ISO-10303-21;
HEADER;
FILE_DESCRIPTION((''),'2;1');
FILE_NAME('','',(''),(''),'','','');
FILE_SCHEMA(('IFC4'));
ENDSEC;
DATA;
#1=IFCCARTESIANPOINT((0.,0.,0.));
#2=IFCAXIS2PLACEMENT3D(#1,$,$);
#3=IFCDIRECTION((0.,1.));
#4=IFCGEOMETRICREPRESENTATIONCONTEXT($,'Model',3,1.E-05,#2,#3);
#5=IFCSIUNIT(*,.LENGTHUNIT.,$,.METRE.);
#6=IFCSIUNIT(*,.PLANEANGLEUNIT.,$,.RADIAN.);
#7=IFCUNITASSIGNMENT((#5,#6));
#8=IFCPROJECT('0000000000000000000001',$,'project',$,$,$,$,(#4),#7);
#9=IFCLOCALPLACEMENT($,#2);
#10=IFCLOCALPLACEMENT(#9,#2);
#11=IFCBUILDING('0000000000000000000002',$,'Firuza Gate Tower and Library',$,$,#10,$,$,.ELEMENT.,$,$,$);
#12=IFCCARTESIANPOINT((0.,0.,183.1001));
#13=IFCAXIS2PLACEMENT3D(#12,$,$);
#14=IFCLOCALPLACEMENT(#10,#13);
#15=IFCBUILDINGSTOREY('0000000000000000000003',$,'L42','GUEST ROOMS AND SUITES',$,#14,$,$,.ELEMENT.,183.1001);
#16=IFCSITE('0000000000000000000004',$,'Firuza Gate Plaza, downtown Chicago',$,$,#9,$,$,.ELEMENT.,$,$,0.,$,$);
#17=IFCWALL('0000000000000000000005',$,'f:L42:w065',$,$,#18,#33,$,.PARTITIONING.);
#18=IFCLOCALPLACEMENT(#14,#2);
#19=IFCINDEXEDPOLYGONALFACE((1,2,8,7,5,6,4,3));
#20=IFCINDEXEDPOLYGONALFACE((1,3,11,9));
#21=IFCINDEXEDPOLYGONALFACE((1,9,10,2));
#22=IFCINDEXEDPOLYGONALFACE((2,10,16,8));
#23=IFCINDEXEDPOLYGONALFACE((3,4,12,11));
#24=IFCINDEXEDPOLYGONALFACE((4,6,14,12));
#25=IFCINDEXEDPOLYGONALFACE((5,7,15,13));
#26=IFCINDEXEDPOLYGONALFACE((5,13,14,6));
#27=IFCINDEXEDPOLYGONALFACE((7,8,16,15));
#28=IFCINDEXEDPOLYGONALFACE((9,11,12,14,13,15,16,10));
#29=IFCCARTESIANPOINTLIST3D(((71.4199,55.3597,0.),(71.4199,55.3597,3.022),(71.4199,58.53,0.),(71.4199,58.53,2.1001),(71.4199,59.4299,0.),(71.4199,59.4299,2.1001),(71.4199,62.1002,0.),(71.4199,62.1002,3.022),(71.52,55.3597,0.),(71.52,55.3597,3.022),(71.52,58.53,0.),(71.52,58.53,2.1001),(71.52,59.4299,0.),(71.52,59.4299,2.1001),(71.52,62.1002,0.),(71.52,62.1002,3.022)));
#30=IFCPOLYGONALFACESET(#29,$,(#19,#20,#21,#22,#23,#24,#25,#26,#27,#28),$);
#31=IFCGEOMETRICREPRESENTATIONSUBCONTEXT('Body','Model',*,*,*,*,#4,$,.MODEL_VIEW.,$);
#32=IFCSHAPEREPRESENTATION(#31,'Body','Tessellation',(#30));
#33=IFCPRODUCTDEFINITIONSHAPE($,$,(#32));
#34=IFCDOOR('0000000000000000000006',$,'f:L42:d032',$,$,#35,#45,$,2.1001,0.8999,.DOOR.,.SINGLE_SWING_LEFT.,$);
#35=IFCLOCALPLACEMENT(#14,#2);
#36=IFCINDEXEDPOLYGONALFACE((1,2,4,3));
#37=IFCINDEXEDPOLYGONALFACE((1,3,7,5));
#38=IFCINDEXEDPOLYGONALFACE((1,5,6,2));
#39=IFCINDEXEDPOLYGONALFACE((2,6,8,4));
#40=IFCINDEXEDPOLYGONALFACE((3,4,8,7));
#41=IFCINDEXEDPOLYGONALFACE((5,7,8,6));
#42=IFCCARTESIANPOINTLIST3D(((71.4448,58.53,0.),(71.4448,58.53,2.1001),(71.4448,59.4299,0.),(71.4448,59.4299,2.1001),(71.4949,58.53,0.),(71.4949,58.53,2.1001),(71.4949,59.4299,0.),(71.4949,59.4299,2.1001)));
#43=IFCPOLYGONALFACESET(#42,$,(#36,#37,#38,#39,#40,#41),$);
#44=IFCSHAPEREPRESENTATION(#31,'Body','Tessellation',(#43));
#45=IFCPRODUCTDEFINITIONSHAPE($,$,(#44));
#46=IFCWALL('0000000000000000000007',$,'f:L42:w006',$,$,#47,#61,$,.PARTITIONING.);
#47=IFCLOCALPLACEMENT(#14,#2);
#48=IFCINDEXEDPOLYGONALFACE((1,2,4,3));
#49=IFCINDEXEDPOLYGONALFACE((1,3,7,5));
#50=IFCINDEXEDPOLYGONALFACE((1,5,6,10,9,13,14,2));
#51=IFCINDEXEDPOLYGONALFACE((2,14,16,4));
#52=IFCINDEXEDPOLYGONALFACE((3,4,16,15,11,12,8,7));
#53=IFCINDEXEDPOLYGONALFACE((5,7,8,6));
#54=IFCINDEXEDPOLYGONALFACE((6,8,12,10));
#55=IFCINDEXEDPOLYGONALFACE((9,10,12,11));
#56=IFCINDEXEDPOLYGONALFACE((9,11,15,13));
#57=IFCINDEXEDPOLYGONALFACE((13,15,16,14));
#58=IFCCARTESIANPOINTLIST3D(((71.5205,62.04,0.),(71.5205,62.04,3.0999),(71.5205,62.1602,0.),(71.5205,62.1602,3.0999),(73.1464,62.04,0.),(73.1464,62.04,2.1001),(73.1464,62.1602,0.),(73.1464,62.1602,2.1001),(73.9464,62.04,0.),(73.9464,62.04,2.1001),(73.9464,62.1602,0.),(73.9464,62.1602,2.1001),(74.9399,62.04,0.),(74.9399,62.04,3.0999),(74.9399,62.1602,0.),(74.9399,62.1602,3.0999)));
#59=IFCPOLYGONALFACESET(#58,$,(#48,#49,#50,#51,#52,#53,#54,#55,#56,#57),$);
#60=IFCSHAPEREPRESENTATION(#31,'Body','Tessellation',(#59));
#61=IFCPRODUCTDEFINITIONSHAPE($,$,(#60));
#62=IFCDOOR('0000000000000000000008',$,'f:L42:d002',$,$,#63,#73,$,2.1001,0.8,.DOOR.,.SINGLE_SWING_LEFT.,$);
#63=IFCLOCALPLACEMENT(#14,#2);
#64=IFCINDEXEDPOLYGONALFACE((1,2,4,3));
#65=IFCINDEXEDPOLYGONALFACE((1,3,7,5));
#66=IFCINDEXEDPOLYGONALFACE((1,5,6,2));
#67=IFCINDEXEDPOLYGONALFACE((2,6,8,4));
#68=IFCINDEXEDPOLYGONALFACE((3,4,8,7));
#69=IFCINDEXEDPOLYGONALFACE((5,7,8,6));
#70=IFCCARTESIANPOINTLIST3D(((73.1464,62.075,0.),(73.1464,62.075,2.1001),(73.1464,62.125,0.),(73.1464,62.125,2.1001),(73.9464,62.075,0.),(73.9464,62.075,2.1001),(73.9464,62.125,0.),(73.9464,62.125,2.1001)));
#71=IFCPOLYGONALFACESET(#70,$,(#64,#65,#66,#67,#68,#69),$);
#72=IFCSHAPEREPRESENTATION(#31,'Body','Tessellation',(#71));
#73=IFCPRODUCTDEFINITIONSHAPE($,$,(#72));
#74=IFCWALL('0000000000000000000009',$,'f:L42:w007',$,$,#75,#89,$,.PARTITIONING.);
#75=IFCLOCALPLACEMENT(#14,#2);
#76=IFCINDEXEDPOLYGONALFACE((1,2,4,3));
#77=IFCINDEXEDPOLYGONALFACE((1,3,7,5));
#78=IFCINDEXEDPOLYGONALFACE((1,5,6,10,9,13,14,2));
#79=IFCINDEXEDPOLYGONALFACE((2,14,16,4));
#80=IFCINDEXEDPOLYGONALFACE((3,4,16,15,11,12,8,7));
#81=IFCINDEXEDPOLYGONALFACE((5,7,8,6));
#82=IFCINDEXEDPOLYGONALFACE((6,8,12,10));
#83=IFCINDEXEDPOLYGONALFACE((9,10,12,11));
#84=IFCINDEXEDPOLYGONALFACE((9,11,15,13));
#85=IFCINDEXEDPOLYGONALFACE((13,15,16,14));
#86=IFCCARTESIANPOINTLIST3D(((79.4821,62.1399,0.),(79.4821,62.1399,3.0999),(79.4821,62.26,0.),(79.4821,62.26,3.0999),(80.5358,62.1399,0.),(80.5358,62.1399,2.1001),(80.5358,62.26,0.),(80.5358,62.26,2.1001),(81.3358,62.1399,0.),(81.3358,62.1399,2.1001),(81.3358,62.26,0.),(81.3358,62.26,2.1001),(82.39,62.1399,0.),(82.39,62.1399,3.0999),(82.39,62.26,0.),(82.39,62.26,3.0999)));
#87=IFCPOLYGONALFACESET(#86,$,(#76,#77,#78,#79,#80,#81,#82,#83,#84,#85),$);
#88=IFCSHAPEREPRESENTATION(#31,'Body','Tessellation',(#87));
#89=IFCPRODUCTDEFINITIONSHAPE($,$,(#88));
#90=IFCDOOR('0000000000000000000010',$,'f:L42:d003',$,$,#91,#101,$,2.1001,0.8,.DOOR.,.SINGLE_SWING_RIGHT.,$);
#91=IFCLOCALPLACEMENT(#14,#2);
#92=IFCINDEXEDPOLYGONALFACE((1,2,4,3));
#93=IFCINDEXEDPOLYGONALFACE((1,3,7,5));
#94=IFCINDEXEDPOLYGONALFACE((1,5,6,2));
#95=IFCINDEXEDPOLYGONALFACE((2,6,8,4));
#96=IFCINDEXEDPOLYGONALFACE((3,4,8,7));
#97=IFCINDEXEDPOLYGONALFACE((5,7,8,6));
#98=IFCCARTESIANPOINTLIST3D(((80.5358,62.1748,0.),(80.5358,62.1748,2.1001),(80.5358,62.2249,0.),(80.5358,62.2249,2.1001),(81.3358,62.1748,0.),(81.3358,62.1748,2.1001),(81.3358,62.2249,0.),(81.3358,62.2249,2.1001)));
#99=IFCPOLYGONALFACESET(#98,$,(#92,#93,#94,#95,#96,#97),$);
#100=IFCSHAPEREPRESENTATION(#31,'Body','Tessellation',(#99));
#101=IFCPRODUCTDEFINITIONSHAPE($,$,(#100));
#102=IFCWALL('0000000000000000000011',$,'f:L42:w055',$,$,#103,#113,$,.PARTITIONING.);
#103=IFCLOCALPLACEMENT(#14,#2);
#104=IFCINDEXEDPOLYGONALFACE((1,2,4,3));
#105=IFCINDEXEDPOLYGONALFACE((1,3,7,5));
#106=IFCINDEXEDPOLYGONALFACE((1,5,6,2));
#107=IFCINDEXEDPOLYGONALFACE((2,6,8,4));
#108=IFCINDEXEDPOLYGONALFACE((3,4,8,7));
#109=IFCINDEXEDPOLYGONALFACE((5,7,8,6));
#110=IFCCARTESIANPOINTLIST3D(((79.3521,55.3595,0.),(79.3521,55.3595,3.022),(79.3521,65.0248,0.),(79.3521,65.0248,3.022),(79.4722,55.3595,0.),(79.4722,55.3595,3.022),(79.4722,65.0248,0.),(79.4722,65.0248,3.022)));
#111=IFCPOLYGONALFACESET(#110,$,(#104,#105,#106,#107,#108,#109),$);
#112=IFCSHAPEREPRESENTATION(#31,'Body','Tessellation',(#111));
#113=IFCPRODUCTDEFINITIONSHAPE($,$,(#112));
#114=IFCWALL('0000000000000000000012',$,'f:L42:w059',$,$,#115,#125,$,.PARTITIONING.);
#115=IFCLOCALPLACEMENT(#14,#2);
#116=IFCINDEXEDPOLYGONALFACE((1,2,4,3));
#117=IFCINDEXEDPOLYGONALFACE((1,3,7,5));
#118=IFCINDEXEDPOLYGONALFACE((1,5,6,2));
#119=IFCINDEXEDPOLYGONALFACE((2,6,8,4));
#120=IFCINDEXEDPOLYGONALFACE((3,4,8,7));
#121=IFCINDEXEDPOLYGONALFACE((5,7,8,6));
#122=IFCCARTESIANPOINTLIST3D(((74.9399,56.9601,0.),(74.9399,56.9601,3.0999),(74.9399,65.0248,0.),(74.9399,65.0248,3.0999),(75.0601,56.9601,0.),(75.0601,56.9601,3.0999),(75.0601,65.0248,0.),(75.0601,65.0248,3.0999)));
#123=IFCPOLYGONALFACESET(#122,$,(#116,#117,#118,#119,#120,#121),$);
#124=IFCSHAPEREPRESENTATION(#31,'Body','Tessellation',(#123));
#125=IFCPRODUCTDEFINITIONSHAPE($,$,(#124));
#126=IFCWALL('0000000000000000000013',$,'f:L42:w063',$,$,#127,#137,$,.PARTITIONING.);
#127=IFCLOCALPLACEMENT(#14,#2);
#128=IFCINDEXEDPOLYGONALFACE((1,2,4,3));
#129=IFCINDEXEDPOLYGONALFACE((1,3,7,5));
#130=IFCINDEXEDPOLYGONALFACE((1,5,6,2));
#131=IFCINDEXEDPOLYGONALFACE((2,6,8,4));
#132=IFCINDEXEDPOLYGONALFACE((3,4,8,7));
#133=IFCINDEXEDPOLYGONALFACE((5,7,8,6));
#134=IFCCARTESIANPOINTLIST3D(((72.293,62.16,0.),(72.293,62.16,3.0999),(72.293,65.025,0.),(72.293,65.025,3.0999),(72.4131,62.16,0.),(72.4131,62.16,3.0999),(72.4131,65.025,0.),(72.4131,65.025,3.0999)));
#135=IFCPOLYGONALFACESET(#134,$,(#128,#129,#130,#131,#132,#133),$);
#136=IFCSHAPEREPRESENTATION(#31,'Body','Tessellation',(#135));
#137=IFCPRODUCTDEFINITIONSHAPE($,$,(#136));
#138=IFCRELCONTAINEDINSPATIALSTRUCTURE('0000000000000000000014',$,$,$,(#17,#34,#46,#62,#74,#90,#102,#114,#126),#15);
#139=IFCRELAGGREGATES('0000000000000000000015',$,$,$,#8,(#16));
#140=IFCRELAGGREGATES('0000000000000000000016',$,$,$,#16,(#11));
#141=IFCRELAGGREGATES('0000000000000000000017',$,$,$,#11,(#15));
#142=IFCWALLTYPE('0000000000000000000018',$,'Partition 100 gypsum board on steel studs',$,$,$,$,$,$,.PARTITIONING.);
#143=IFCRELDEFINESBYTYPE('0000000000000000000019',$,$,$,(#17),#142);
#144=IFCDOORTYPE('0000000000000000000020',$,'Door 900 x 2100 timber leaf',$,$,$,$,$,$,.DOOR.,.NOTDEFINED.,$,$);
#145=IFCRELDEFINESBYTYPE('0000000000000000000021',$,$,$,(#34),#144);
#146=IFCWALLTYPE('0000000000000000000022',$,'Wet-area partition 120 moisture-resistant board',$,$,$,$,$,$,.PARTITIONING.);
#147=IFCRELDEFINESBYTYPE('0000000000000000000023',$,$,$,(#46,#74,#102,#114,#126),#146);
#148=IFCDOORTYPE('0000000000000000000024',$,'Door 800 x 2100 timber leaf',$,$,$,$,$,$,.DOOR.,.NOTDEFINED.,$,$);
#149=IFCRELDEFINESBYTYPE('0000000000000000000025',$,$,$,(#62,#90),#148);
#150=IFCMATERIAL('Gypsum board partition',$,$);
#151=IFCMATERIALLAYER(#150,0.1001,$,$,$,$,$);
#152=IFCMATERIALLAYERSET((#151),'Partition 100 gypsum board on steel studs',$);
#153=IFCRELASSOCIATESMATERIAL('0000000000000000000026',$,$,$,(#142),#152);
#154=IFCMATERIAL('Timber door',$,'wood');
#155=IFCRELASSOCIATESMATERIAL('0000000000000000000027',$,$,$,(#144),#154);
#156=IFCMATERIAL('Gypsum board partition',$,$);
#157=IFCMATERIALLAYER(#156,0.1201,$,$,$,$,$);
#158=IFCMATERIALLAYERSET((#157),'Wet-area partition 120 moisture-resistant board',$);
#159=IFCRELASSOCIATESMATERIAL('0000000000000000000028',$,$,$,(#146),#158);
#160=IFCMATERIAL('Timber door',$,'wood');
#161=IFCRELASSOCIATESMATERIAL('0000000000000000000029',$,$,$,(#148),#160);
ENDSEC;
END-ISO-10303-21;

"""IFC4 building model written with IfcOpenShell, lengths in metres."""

from ifc_helpers import new_model, si_unit, direction, frame, frame_2d, origin, place, context, subcontext, project, spatial, rectangle, extrude, material, layer, layer_set, type_object, element, fill, save


model = new_model("IFC4")

# Units and contexts
model_context = context("Model", 3, precision=1e-05, world=origin(), true_north=direction((0.0, 1.0)))
body_context = subcontext(model_context, "Body", "Model", "MODEL_VIEW")
ifc_project = project(units=[si_unit("LENGTHUNIT", "METRE"), si_unit("PLANEANGLEUNIT", "RADIAN")], contexts=[model_context])

# Site, building, storey
site_placement = place(None, origin())
site = spatial("IfcSite", under=ifc_project, at=site_placement, Name="Firuza Gate Plaza, downtown Chicago", CompositionType="ELEMENT", RefElevation=0.0)
building_placement = place(site_placement, origin())
building = spatial("IfcBuilding", under=site, at=building_placement, Name="Firuza Gate Tower and Library", CompositionType="ELEMENT")
storey_placement = place(building_placement, frame((0.0, 0.0, 183.1001)))
storey = spatial("IfcBuildingStorey", under=building, at=storey_placement, Name="L42", Description="GUEST ROOMS AND SUITES", CompositionType="ELEMENT", Elevation=183.1001)

# Shared definitions
ifc_material_1 = material(Name="Gypsum board partition")
ifc_layer_1 = layer(ifc_material_1, 0.1001)
ifc_layer_set_1 = layer_set([ifc_layer_1], Name="Partition 100 gypsum board on steel studs")
wall_type_1 = type_object("IfcWallType", Name="Partition 100 gypsum board on steel studs", PredefinedType="PARTITIONING", material=ifc_layer_set_1)

# Walls, openings, doors
wall_1_placement = place(storey_placement, frame((71.47, 62.1001, 0.0), z_axis=(0.0, 0.0, 1.0), x_axis=(0.0, -1.0, 0.0)))
wall_1 = element("IfcWall", 1, at=wall_1_placement, inside=storey, type_object=wall_type_1, Name="f:L42:w065", PredefinedType="PARTITIONING", context=body_context, shape_type="SweptSolid", body=[
    extrude(rectangle(XDim=6.7405, YDim=0.1001, at=frame_2d((3.3701, 0.0))), origin(), (0.0, 0.0, 1.0), 3.022),
])
opening_1_placement = place(wall_1_placement, frame((2.6702, 0.0, 0.0)))
opening_1 = element("IfcOpeningElement", 2, at=opening_1_placement, cuts=wall_1, PredefinedType="OPENING", context=body_context, shape_type="SweptSolid", body=[
    extrude(rectangle(XDim=0.8999, YDim=2.1001, at=frame_2d((0.45, 1.05))), frame((0.0, 0.0601, 0.0), z_axis=(0.0, -1.0, 0.0), x_axis=(1.0, 0.0, 0.0)), (0.0, 0.0, 1.0), 0.1201),
])
ifc_material_2 = material(Name="Timber door", Category="wood")
door_type_1 = type_object("IfcDoorType", Name="Door 900 x 2100 timber leaf", OperationType="NOTDEFINED", PredefinedType="DOOR", material=ifc_material_2)
door_1_placement = place(opening_1_placement, origin())
door_1 = element("IfcDoor", 3, at=door_1_placement, inside=storey, type_object=door_type_1, Name="f:L42:d032", OperationType="SINGLE_SWING_LEFT", OverallHeight=2.1001, OverallWidth=0.8999, PredefinedType="DOOR", context=body_context, shape_type="SweptSolid", body=[
    extrude(rectangle(XDim=0.8999, YDim=2.1001, at=frame_2d((0.45, 1.05))), frame((0.0, 0.0249, 0.0), z_axis=(0.0, -1.0, 0.0), x_axis=(1.0, 0.0, 0.0)), (0.0, 0.0, 1.0), 0.05),
])
fill(opening_1, door_1)
ifc_material_3 = material(Name="Gypsum board partition")
ifc_layer_2 = layer(ifc_material_3, 0.1201)
ifc_layer_set_2 = layer_set([ifc_layer_2], Name="Wet-area partition 120 moisture-resistant board")
wall_type_2 = type_object("IfcWallType", Name="Wet-area partition 120 moisture-resistant board", PredefinedType="PARTITIONING", material=ifc_layer_set_2)
wall_2_placement = place(storey_placement, frame((71.5205, 62.1001, 0.0), z_axis=(0.0, 0.0, 1.0), x_axis=(1.0, 0.0, 0.0)))
wall_2 = element("IfcWall", 4, at=wall_2_placement, inside=storey, type_object=wall_type_2, Name="f:L42:w006", PredefinedType="PARTITIONING", context=body_context, shape_type="SweptSolid", body=[
    extrude(rectangle(XDim=3.4194, YDim=0.1201, at=frame_2d((1.7097, 0.0))), origin(), (0.0, 0.0, 1.0), 3.0999),
])
opening_2_placement = place(wall_2_placement, frame((1.626, 0.0, 0.0)))
opening_2 = element("IfcOpeningElement", 5, at=opening_2_placement, cuts=wall_2, PredefinedType="OPENING", context=body_context, shape_type="SweptSolid", body=[
    extrude(rectangle(XDim=0.8, YDim=2.1001, at=frame_2d((0.3999, 1.05))), frame((0.0, 0.0701, 0.0), z_axis=(0.0, -1.0, 0.0), x_axis=(1.0, 0.0, 0.0)), (0.0, 0.0, 1.0), 0.1401),
])
ifc_material_4 = material(Name="Timber door", Category="wood")
door_type_2 = type_object("IfcDoorType", Name="Door 800 x 2100 timber leaf", OperationType="NOTDEFINED", PredefinedType="DOOR", material=ifc_material_4)
door_2_placement = place(opening_2_placement, origin())
door_2 = element("IfcDoor", 6, at=door_2_placement, inside=storey, type_object=door_type_2, Name="f:L42:d002", OperationType="SINGLE_SWING_LEFT", OverallHeight=2.1001, OverallWidth=0.8, PredefinedType="DOOR", context=body_context, shape_type="SweptSolid", body=[
    extrude(rectangle(XDim=0.8, YDim=2.1001, at=frame_2d((0.3999, 1.05))), frame((0.0, 0.0249, 0.0), z_axis=(0.0, -1.0, 0.0), x_axis=(1.0, 0.0, 0.0)), (0.0, 0.0, 1.0), 0.05),
])
fill(opening_2, door_2)
wall_3_placement = place(storey_placement, frame((79.4819, 62.2, 0.0), z_axis=(0.0, 0.0, 1.0), x_axis=(1.0, 0.0, 0.0)))
wall_3 = element("IfcWall", 7, at=wall_3_placement, inside=storey, type_object=wall_type_2, Name="f:L42:w007", PredefinedType="PARTITIONING", context=body_context, shape_type="SweptSolid", body=[
    extrude(rectangle(XDim=2.908, YDim=0.1201, at=frame_2d((1.4541, 0.0))), origin(), (0.0, 0.0, 1.0), 3.0999),
])
opening_3_placement = place(wall_3_placement, frame((1.054, 0.0, 0.0)))
opening_3 = element("IfcOpeningElement", 8, at=opening_3_placement, cuts=wall_3, PredefinedType="OPENING", context=body_context, shape_type="SweptSolid", body=[
    extrude(rectangle(XDim=0.8, YDim=2.1001, at=frame_2d((0.3999, 1.05))), frame((0.0, 0.0701, 0.0), z_axis=(0.0, -1.0, 0.0), x_axis=(1.0, 0.0, 0.0)), (0.0, 0.0, 1.0), 0.1401),
])
door_3_placement = place(opening_3_placement, origin())
door_3 = element("IfcDoor", 9, at=door_3_placement, inside=storey, type_object=door_type_2, Name="f:L42:d003", OperationType="SINGLE_SWING_RIGHT", OverallHeight=2.1001, OverallWidth=0.8, PredefinedType="DOOR", context=body_context, shape_type="SweptSolid", body=[
    extrude(rectangle(XDim=0.8, YDim=2.1001, at=frame_2d((0.3999, 1.05))), frame((0.0, 0.0249, 0.0), z_axis=(0.0, -1.0, 0.0), x_axis=(1.0, 0.0, 0.0)), (0.0, 0.0, 1.0), 0.05),
])
fill(opening_3, door_3)

# Walls
wall_4_placement = place(storey_placement, frame((79.4121, 55.3596, 0.0), z_axis=(0.0, 0.0, 1.0), x_axis=(0.0, 1.0, 0.0)))
element("IfcWall", 10, at=wall_4_placement, inside=storey, type_object=wall_type_2, Name="f:L42:w055", PredefinedType="PARTITIONING", context=body_context, shape_type="SweptSolid", body=[
    extrude(rectangle(XDim=9.6653, YDim=0.1201, at=frame_2d((4.8325, 0.0))), origin(), (0.0, 0.0, 1.0), 3.022),
])
wall_5_placement = place(storey_placement, frame((75.0, 56.9602, 0.0), z_axis=(0.0, 0.0, 1.0), x_axis=(0.0, 1.0, 0.0)))
element("IfcWall", 11, at=wall_5_placement, inside=storey, type_object=wall_type_2, Name="f:L42:w059", PredefinedType="PARTITIONING", context=body_context, shape_type="SweptSolid", body=[
    extrude(rectangle(XDim=8.0647, YDim=0.1201, at=frame_2d((4.0322, 0.0))), origin(), (0.0, 0.0, 1.0), 3.0999),
])
wall_6_placement = place(storey_placement, frame((72.353, 62.1599, 0.0), z_axis=(0.0, 0.0, 1.0), x_axis=(0.0, 1.0, 0.0)))
element("IfcWall", 12, at=wall_6_placement, inside=storey, type_object=wall_type_2, Name="f:L42:w063", PredefinedType="PARTITIONING", context=body_context, shape_type="SweptSolid", body=[
    extrude(rectangle(XDim=2.865, YDim=0.1201, at=frame_2d((1.4326, 0.0))), origin(), (0.0, 0.0, 1.0), 3.0999),
])

save(model, "model.ifc")
